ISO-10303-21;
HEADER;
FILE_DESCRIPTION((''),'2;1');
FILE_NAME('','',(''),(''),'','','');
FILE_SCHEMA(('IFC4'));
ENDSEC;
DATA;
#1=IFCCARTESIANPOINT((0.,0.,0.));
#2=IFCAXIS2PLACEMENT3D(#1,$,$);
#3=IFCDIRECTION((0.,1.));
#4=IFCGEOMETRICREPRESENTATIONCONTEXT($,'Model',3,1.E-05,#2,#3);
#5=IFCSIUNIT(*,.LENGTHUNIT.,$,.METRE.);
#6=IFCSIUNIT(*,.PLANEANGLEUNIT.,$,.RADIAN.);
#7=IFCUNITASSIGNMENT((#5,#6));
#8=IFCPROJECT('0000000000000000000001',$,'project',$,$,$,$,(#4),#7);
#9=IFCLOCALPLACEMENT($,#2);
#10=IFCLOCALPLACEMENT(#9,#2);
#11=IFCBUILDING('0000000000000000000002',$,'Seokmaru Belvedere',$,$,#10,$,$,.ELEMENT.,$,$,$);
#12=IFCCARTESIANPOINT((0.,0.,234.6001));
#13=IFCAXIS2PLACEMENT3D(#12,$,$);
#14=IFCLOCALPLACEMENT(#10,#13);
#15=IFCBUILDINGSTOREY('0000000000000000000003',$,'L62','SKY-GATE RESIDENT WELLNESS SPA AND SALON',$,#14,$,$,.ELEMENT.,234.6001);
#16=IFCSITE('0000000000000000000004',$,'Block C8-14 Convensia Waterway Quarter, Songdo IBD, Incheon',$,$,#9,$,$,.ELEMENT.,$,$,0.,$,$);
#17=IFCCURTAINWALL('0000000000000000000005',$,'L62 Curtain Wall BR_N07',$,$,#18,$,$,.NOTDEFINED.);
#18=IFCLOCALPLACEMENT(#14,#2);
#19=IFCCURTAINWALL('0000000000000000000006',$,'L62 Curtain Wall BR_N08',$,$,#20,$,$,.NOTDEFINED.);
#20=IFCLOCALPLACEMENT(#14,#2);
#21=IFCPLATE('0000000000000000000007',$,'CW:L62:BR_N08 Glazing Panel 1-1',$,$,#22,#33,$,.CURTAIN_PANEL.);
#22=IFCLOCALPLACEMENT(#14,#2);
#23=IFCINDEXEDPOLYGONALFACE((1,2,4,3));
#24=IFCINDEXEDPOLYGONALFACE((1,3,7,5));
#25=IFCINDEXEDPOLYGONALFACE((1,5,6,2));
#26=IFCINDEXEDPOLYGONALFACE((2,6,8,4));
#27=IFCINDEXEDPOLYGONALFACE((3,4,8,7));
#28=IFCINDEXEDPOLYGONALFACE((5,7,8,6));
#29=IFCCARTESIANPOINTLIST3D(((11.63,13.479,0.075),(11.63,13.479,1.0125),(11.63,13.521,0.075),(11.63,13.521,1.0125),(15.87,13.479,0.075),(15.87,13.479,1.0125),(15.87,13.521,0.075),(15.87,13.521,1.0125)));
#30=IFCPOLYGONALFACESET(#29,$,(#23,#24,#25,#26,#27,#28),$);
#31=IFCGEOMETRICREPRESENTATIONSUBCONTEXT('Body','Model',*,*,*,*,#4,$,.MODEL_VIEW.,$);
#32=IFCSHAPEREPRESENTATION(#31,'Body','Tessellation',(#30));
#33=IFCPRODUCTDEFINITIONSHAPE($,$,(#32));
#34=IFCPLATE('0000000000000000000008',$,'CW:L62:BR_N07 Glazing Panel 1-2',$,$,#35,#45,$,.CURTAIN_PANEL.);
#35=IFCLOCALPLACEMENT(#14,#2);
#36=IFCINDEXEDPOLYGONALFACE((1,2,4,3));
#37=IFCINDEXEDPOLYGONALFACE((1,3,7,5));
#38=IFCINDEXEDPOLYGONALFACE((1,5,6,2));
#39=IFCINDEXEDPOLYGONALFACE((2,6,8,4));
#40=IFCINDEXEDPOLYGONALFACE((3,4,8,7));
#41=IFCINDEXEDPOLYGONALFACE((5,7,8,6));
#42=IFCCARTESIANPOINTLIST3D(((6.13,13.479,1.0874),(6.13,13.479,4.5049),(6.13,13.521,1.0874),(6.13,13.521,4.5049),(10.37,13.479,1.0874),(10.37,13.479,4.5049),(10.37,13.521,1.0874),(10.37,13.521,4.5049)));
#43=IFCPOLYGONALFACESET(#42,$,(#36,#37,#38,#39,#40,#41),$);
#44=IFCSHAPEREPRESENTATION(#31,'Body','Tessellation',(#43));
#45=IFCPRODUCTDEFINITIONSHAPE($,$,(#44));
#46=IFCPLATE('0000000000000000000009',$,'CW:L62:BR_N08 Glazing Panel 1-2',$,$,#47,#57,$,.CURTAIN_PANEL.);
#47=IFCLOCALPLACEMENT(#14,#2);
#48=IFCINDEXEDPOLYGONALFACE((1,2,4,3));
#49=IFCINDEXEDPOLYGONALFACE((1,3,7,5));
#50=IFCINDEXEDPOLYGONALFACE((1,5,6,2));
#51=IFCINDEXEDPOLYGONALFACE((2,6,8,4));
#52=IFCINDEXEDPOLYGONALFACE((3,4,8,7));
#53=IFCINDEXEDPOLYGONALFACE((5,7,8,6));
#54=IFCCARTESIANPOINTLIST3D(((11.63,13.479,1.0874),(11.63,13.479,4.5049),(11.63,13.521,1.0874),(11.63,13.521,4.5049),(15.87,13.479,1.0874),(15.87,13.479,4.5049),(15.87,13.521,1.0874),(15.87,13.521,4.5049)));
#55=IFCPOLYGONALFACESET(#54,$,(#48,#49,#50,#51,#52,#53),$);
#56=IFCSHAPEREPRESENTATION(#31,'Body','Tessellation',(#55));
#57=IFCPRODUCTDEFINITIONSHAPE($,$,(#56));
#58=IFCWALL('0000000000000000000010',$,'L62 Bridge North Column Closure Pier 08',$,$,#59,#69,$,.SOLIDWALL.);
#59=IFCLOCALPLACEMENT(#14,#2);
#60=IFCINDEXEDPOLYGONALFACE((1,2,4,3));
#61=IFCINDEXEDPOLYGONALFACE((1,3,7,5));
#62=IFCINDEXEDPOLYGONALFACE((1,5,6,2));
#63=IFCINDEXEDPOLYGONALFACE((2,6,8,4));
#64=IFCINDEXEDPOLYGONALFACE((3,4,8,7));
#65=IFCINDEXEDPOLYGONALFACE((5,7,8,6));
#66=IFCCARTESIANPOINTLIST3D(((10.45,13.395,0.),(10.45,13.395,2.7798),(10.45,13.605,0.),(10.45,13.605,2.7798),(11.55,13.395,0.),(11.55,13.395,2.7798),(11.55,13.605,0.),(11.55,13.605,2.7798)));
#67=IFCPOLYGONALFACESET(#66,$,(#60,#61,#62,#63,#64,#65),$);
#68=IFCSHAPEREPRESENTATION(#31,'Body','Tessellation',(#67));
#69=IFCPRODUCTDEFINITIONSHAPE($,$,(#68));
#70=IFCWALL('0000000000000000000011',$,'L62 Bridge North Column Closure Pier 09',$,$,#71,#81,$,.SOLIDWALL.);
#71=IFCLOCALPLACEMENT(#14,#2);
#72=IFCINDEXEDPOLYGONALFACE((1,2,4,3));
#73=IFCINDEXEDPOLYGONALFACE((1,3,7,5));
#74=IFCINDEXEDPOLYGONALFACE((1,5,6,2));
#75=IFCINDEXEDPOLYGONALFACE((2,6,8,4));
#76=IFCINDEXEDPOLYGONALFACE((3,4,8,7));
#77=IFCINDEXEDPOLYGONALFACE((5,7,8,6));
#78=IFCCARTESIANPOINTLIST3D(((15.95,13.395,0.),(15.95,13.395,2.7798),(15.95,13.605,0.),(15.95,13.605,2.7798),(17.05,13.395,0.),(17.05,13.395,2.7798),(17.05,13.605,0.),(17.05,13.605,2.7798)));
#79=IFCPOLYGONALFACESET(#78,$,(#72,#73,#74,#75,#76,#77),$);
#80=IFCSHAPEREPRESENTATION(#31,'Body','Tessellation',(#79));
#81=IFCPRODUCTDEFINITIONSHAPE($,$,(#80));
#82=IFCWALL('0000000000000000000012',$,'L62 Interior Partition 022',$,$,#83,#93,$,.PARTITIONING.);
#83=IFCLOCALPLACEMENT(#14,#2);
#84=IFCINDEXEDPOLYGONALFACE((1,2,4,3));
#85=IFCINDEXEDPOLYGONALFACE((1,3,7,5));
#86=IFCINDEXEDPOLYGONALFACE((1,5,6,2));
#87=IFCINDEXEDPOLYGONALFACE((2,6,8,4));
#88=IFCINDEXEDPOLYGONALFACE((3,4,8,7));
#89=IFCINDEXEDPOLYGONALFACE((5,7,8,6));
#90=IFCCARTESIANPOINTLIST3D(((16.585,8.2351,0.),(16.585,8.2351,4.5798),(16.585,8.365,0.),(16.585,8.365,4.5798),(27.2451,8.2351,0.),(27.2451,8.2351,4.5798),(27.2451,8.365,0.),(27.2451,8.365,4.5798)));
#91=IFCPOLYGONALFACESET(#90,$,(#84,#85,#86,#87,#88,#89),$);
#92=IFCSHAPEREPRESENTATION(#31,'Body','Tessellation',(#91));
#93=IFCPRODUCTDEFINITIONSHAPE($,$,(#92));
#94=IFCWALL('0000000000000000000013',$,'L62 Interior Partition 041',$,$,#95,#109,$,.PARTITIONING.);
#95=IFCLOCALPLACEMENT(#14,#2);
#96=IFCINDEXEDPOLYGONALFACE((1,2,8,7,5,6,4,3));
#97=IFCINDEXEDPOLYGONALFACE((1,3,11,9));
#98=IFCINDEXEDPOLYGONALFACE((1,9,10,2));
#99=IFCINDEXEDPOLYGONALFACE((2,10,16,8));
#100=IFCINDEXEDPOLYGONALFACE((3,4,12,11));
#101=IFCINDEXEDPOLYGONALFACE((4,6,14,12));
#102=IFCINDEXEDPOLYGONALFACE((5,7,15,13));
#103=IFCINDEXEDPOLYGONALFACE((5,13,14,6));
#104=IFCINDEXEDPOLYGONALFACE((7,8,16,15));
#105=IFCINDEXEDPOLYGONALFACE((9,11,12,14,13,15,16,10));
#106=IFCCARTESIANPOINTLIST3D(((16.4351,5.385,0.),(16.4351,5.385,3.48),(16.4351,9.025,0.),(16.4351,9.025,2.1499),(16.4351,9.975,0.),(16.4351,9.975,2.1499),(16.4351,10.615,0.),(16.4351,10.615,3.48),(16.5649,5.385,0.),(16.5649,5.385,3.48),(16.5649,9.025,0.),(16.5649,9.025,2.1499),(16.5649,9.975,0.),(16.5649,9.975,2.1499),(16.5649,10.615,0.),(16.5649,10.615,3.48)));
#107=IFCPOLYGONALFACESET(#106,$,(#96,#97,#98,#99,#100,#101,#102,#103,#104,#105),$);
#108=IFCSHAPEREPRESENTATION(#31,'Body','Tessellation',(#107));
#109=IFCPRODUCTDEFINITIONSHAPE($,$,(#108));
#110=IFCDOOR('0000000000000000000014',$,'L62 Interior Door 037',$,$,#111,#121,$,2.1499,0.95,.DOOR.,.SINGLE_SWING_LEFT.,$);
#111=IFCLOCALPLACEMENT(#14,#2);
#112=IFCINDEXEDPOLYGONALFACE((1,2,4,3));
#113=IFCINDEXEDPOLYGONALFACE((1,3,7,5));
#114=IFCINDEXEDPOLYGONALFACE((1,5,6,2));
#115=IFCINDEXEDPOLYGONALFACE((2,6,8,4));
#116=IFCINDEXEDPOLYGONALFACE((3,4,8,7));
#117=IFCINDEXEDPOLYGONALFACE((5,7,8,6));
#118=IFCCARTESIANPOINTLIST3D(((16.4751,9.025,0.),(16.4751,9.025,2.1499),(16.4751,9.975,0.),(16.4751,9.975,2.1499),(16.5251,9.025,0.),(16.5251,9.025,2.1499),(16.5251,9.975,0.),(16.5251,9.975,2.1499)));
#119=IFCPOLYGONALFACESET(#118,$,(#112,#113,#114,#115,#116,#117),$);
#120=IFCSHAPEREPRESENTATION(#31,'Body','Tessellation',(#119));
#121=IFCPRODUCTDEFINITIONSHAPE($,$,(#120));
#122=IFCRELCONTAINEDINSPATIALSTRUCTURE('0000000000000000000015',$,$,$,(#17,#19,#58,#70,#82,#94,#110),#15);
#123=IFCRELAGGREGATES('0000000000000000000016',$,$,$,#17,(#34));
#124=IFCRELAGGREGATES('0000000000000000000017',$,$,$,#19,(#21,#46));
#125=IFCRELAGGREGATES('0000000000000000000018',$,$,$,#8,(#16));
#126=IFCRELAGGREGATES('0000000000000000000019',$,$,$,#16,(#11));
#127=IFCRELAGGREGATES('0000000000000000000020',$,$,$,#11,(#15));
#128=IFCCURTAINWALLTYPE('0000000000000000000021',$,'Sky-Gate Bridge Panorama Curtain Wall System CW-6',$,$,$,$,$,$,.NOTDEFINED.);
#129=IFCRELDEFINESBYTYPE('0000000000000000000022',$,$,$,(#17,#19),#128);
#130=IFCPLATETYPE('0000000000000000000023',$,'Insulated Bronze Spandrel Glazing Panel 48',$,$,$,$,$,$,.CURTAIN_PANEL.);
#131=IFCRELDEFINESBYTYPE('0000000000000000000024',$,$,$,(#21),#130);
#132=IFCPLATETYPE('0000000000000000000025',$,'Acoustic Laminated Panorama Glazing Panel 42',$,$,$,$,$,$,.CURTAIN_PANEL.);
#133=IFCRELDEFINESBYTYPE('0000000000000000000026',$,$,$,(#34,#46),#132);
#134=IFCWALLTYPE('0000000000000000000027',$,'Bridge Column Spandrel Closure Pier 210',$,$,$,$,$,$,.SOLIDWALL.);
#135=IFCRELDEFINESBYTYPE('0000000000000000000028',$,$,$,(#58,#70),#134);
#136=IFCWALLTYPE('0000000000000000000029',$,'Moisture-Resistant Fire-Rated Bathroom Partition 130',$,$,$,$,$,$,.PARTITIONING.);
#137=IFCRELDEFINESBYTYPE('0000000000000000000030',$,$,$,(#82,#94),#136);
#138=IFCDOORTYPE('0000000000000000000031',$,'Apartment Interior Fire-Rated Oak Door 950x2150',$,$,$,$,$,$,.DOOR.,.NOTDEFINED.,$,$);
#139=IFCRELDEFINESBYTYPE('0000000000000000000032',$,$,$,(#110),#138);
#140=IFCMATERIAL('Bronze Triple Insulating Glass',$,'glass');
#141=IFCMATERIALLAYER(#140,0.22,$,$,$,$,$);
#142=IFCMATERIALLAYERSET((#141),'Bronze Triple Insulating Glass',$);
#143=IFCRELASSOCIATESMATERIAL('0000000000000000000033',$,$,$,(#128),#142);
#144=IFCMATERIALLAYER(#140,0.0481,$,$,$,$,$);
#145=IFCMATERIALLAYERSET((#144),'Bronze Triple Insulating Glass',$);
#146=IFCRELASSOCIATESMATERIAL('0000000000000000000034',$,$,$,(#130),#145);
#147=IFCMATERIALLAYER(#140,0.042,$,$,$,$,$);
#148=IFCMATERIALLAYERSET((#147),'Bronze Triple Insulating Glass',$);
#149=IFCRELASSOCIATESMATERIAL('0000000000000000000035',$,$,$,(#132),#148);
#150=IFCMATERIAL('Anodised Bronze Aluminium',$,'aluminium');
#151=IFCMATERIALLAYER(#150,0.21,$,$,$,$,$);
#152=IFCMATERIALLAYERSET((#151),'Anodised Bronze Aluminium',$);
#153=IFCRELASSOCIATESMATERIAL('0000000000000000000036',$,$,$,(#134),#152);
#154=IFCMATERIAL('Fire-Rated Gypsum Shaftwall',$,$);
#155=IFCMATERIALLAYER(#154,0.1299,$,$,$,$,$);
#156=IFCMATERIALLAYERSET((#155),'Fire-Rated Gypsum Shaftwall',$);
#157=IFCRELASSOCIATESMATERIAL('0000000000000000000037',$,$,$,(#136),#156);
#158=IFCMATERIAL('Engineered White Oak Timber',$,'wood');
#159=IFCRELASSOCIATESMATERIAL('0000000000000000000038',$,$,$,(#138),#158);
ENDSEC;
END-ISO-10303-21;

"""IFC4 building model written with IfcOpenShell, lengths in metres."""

from ifc_helpers import new_model, si_unit, direction, frame, frame_2d, origin, origin_2d, place, context, subcontext, project, spatial, rectangle, extrude, source, transform, mapped, material, layer, layer_set, type_object, type_shapes, element, fill, aggregate, save


model = new_model("IFC4")

# Units and contexts
model_context = context("Model", 3, precision=1e-05, world=origin(), true_north=direction((0.0, 1.0)))
body_context = subcontext(model_context, "Body", "Model", "MODEL_VIEW")
ifc_project = project(units=[si_unit("LENGTHUNIT", "METRE"), si_unit("PLANEANGLEUNIT", "RADIAN")], contexts=[model_context])

# Site, building, storey
site_placement = place(None, origin())
site = spatial("IfcSite", under=ifc_project, at=site_placement, Name="Block C8-14 Convensia Waterway Quarter, Songdo IBD, Incheon", CompositionType="ELEMENT", RefElevation=0.0)
building_placement = place(site_placement, origin())
building = spatial("IfcBuilding", under=site, at=building_placement, Name="Seokmaru Belvedere", CompositionType="ELEMENT")
storey_placement = place(building_placement, frame((0.0, 0.0, 234.6001)))
storey = spatial("IfcBuildingStorey", under=building, at=storey_placement, Name="L62", Description="SKY-GATE RESIDENT WELLNESS SPA AND SALON", CompositionType="ELEMENT", Elevation=234.6001)

# Curtain walls
ifc_material_1 = material(Name="Bronze Triple Insulating Glass", Category="glass")
ifc_layer_1 = layer(ifc_material_1, 0.22)
ifc_layer_set_1 = layer_set([ifc_layer_1], Name="Bronze Triple Insulating Glass")
curtain_wall_type = type_object("IfcCurtainWallType", Name="Sky-Gate Bridge Panorama Curtain Wall System CW-6", PredefinedType="NOTDEFINED", material=ifc_layer_set_1)
curtain_wall_1_placement = place(storey_placement, origin())
curtain_wall_1 = element("IfcCurtainWall", 1, at=curtain_wall_1_placement, inside=storey, type_object=curtain_wall_type, Name="L62 Curtain Wall BR_N07", PredefinedType="NOTDEFINED")
ifc_material_2 = material(Name="Anodised Bronze Aluminium", Category="aluminium")
curtain_wall_2_placement = place(storey_placement, origin())
curtain_wall_2 = element("IfcCurtainWall", 2, at=curtain_wall_2_placement, inside=storey, type_object=curtain_wall_type, Name="L62 Curtain Wall BR_N08", PredefinedType="NOTDEFINED")

# Plates
ifc_layer_2 = layer(ifc_material_1, 0.0481)
ifc_layer_set_2 = layer_set([ifc_layer_2], Name="Bronze Triple Insulating Glass")
plate_type_1 = type_object("IfcPlateType", Name="Insulated Bronze Spandrel Glazing Panel 48", PredefinedType="CURTAIN_PANEL", material=ifc_layer_set_2)
shared_shape_1 = source(origin(), body_context, "Body", "SweptSolid", [
    extrude(rectangle(XDim=4.24, YDim=0.042, at=origin_2d()), origin(), (0.0, 0.0, 1.0), 0.9375),
])
type_shapes(plate_type_1, [shared_shape_1])
plate_1_placement = place(storey_placement, frame((13.75, 13.5, 0.075), z_axis=(0.0, 0.0, 1.0), x_axis=(-1.0, 0.0, 0.0)))
plate_1 = element("IfcPlate", 3, at=plate_1_placement, type_object=plate_type_1, Name="CW:L62:BR_N08 Glazing Panel 1-1", PredefinedType="CURTAIN_PANEL", context=body_context, shape_type="MappedRepresentation", body=[
    mapped(shared_shape_1, transform((0.0, 0.0, 0.0), scale=1.0)),
])
ifc_layer_3 = layer(ifc_material_1, 0.042)
ifc_layer_set_3 = layer_set([ifc_layer_3], Name="Bronze Triple Insulating Glass")
plate_type_2 = type_object("IfcPlateType", Name="Acoustic Laminated Panorama Glazing Panel 42", PredefinedType="CURTAIN_PANEL", material=ifc_layer_set_3)
shared_shape_2 = source(origin(), body_context, "Body", "SweptSolid", [
    extrude(rectangle(XDim=4.24, YDim=0.042, at=origin_2d()), origin(), (0.0, 0.0, 1.0), 3.4175),
])
type_shapes(plate_type_2, [shared_shape_2])
plate_2_placement = place(storey_placement, frame((8.25, 13.5, 1.0874), z_axis=(0.0, 0.0, 1.0), x_axis=(-1.0, 0.0, 0.0)))
plate_2 = element("IfcPlate", 4, at=plate_2_placement, type_object=plate_type_2, Name="CW:L62:BR_N07 Glazing Panel 1-2", PredefinedType="CURTAIN_PANEL", context=body_context, shape_type="MappedRepresentation", body=[
    mapped(shared_shape_2, transform((0.0, 0.0, 0.0), scale=1.0)),
])
aggregate(curtain_wall_1, [plate_2])
plate_3_placement = place(storey_placement, frame((13.75, 13.5, 1.0874), z_axis=(0.0, 0.0, 1.0), x_axis=(-1.0, 0.0, 0.0)))
plate_3 = element("IfcPlate", 5, at=plate_3_placement, type_object=plate_type_2, Name="CW:L62:BR_N08 Glazing Panel 1-2", PredefinedType="CURTAIN_PANEL", context=body_context, shape_type="MappedRepresentation", body=[
    mapped(shared_shape_2, transform((0.0, 0.0, 0.0), scale=1.0)),
])
aggregate(curtain_wall_2, [plate_1, plate_3])

# Walls
ifc_layer_4 = layer(ifc_material_2, 0.21)
ifc_layer_set_4 = layer_set([ifc_layer_4], Name="Anodised Bronze Aluminium")
wall_type_1 = type_object("IfcWallType", Name="Bridge Column Spandrel Closure Pier 210", PredefinedType="SOLIDWALL", material=ifc_layer_set_4)
for number, where, z_axis, x_axis, name in (
    (6, (10.45, 13.5, 0.0), (0.0, 0.0, 1.0), (1.0, 0.0, 0.0), "L62 Bridge North Column Closure Pier 08"),
    (7, (15.95, 13.5, 0.0), (0.0, 0.0, 1.0), (1.0, 0.0, 0.0), "L62 Bridge North Column Closure Pier 09"),
):
    element("IfcWall", number, at=place(storey_placement, frame(where, z_axis=z_axis, x_axis=x_axis)), inside=storey, type_object=wall_type_1, Name=name, PredefinedType="SOLIDWALL", context=body_context, shape_type="SweptSolid", body=[
        extrude(rectangle(XDim=1.1001, YDim=0.21, at=frame_2d((0.55, 0.0))), origin(), (0.0, 0.0, 1.0), 2.7798),
    ])
ifc_material_3 = material(Name="Fire-Rated Gypsum Shaftwall")
ifc_layer_5 = layer(ifc_material_3, 0.1299)
ifc_layer_set_5 = layer_set([ifc_layer_5], Name="Fire-Rated Gypsum Shaftwall")
wall_type_2 = type_object("IfcWallType", Name="Moisture-Resistant Fire-Rated Bathroom Partition 130", PredefinedType="PARTITIONING", material=ifc_layer_set_5)
wall_1_placement = place(storey_placement, frame((16.585, 8.3, 0.0), z_axis=(0.0, 0.0, 1.0), x_axis=(1.0, 0.0, 0.0)))
element("IfcWall", 8, at=wall_1_placement, inside=storey, type_object=wall_type_2, Name="L62 Interior Partition 022", PredefinedType="PARTITIONING", context=body_context, shape_type="SweptSolid", body=[
    extrude(rectangle(XDim=10.6602, YDim=0.1299, at=frame_2d((5.3301, 0.0))), origin(), (0.0, 0.0, 1.0), 4.5798),
])

# Wall, opening, door
wall_2_placement = place(storey_placement, frame((16.5, 5.385, 0.0), z_axis=(0.0, 0.0, 1.0), x_axis=(0.0, 1.0, 0.0)))
wall_2 = element("IfcWall", 9, at=wall_2_placement, inside=storey, type_object=wall_type_2, Name="L62 Interior Partition 041", PredefinedType="PARTITIONING", context=body_context, shape_type="SweptSolid", body=[
    extrude(rectangle(XDim=5.23, YDim=0.1299, at=frame_2d((2.615, 0.0))), origin(), (0.0, 0.0, 1.0), 3.48),
])
opening_placement = place(wall_2_placement, frame((3.6399, 0.0, 0.0)))
opening = element("IfcOpeningElement", 10, at=opening_placement, cuts=wall_2, PredefinedType="OPENING", context=body_context, shape_type="SweptSolid", body=[
    extrude(rectangle(XDim=0.95, YDim=2.1499, at=frame_2d((0.4751, 1.075))), frame((0.0, 0.075, 0.0), z_axis=(0.0, -1.0, 0.0), x_axis=(1.0, 0.0, 0.0)), (0.0, 0.0, 1.0), 0.1499),
])
ifc_material_4 = material(Name="Engineered White Oak Timber", Category="wood")
door_type = type_object("IfcDoorType", Name="Apartment Interior Fire-Rated Oak Door 950x2150", OperationType="NOTDEFINED", PredefinedType="DOOR", material=ifc_material_4)
shared_shape_3 = source(origin(), body_context, "Body", "SweptSolid", [
    extrude(rectangle(XDim=0.95, YDim=2.1499, at=frame_2d((0.4751, 1.075))), frame((0.0, 0.0249, 0.0), z_axis=(0.0, -1.0, 0.0), x_axis=(1.0, 0.0, 0.0)), (0.0, 0.0, 1.0), 0.05),
])
type_shapes(door_type, [shared_shape_3])
door_placement = place(opening_placement, origin())
door = element("IfcDoor", 11, at=door_placement, inside=storey, type_object=door_type, Name="L62 Interior Door 037", OperationType="SINGLE_SWING_LEFT", OverallHeight=2.1499, OverallWidth=0.95, PredefinedType="DOOR", context=body_context, shape_type="MappedRepresentation", body=[
    mapped(shared_shape_3, transform((0.0, 0.0, 0.0), scale=1.0)),
])
fill(opening, door)

save(model, "model.ifc")
